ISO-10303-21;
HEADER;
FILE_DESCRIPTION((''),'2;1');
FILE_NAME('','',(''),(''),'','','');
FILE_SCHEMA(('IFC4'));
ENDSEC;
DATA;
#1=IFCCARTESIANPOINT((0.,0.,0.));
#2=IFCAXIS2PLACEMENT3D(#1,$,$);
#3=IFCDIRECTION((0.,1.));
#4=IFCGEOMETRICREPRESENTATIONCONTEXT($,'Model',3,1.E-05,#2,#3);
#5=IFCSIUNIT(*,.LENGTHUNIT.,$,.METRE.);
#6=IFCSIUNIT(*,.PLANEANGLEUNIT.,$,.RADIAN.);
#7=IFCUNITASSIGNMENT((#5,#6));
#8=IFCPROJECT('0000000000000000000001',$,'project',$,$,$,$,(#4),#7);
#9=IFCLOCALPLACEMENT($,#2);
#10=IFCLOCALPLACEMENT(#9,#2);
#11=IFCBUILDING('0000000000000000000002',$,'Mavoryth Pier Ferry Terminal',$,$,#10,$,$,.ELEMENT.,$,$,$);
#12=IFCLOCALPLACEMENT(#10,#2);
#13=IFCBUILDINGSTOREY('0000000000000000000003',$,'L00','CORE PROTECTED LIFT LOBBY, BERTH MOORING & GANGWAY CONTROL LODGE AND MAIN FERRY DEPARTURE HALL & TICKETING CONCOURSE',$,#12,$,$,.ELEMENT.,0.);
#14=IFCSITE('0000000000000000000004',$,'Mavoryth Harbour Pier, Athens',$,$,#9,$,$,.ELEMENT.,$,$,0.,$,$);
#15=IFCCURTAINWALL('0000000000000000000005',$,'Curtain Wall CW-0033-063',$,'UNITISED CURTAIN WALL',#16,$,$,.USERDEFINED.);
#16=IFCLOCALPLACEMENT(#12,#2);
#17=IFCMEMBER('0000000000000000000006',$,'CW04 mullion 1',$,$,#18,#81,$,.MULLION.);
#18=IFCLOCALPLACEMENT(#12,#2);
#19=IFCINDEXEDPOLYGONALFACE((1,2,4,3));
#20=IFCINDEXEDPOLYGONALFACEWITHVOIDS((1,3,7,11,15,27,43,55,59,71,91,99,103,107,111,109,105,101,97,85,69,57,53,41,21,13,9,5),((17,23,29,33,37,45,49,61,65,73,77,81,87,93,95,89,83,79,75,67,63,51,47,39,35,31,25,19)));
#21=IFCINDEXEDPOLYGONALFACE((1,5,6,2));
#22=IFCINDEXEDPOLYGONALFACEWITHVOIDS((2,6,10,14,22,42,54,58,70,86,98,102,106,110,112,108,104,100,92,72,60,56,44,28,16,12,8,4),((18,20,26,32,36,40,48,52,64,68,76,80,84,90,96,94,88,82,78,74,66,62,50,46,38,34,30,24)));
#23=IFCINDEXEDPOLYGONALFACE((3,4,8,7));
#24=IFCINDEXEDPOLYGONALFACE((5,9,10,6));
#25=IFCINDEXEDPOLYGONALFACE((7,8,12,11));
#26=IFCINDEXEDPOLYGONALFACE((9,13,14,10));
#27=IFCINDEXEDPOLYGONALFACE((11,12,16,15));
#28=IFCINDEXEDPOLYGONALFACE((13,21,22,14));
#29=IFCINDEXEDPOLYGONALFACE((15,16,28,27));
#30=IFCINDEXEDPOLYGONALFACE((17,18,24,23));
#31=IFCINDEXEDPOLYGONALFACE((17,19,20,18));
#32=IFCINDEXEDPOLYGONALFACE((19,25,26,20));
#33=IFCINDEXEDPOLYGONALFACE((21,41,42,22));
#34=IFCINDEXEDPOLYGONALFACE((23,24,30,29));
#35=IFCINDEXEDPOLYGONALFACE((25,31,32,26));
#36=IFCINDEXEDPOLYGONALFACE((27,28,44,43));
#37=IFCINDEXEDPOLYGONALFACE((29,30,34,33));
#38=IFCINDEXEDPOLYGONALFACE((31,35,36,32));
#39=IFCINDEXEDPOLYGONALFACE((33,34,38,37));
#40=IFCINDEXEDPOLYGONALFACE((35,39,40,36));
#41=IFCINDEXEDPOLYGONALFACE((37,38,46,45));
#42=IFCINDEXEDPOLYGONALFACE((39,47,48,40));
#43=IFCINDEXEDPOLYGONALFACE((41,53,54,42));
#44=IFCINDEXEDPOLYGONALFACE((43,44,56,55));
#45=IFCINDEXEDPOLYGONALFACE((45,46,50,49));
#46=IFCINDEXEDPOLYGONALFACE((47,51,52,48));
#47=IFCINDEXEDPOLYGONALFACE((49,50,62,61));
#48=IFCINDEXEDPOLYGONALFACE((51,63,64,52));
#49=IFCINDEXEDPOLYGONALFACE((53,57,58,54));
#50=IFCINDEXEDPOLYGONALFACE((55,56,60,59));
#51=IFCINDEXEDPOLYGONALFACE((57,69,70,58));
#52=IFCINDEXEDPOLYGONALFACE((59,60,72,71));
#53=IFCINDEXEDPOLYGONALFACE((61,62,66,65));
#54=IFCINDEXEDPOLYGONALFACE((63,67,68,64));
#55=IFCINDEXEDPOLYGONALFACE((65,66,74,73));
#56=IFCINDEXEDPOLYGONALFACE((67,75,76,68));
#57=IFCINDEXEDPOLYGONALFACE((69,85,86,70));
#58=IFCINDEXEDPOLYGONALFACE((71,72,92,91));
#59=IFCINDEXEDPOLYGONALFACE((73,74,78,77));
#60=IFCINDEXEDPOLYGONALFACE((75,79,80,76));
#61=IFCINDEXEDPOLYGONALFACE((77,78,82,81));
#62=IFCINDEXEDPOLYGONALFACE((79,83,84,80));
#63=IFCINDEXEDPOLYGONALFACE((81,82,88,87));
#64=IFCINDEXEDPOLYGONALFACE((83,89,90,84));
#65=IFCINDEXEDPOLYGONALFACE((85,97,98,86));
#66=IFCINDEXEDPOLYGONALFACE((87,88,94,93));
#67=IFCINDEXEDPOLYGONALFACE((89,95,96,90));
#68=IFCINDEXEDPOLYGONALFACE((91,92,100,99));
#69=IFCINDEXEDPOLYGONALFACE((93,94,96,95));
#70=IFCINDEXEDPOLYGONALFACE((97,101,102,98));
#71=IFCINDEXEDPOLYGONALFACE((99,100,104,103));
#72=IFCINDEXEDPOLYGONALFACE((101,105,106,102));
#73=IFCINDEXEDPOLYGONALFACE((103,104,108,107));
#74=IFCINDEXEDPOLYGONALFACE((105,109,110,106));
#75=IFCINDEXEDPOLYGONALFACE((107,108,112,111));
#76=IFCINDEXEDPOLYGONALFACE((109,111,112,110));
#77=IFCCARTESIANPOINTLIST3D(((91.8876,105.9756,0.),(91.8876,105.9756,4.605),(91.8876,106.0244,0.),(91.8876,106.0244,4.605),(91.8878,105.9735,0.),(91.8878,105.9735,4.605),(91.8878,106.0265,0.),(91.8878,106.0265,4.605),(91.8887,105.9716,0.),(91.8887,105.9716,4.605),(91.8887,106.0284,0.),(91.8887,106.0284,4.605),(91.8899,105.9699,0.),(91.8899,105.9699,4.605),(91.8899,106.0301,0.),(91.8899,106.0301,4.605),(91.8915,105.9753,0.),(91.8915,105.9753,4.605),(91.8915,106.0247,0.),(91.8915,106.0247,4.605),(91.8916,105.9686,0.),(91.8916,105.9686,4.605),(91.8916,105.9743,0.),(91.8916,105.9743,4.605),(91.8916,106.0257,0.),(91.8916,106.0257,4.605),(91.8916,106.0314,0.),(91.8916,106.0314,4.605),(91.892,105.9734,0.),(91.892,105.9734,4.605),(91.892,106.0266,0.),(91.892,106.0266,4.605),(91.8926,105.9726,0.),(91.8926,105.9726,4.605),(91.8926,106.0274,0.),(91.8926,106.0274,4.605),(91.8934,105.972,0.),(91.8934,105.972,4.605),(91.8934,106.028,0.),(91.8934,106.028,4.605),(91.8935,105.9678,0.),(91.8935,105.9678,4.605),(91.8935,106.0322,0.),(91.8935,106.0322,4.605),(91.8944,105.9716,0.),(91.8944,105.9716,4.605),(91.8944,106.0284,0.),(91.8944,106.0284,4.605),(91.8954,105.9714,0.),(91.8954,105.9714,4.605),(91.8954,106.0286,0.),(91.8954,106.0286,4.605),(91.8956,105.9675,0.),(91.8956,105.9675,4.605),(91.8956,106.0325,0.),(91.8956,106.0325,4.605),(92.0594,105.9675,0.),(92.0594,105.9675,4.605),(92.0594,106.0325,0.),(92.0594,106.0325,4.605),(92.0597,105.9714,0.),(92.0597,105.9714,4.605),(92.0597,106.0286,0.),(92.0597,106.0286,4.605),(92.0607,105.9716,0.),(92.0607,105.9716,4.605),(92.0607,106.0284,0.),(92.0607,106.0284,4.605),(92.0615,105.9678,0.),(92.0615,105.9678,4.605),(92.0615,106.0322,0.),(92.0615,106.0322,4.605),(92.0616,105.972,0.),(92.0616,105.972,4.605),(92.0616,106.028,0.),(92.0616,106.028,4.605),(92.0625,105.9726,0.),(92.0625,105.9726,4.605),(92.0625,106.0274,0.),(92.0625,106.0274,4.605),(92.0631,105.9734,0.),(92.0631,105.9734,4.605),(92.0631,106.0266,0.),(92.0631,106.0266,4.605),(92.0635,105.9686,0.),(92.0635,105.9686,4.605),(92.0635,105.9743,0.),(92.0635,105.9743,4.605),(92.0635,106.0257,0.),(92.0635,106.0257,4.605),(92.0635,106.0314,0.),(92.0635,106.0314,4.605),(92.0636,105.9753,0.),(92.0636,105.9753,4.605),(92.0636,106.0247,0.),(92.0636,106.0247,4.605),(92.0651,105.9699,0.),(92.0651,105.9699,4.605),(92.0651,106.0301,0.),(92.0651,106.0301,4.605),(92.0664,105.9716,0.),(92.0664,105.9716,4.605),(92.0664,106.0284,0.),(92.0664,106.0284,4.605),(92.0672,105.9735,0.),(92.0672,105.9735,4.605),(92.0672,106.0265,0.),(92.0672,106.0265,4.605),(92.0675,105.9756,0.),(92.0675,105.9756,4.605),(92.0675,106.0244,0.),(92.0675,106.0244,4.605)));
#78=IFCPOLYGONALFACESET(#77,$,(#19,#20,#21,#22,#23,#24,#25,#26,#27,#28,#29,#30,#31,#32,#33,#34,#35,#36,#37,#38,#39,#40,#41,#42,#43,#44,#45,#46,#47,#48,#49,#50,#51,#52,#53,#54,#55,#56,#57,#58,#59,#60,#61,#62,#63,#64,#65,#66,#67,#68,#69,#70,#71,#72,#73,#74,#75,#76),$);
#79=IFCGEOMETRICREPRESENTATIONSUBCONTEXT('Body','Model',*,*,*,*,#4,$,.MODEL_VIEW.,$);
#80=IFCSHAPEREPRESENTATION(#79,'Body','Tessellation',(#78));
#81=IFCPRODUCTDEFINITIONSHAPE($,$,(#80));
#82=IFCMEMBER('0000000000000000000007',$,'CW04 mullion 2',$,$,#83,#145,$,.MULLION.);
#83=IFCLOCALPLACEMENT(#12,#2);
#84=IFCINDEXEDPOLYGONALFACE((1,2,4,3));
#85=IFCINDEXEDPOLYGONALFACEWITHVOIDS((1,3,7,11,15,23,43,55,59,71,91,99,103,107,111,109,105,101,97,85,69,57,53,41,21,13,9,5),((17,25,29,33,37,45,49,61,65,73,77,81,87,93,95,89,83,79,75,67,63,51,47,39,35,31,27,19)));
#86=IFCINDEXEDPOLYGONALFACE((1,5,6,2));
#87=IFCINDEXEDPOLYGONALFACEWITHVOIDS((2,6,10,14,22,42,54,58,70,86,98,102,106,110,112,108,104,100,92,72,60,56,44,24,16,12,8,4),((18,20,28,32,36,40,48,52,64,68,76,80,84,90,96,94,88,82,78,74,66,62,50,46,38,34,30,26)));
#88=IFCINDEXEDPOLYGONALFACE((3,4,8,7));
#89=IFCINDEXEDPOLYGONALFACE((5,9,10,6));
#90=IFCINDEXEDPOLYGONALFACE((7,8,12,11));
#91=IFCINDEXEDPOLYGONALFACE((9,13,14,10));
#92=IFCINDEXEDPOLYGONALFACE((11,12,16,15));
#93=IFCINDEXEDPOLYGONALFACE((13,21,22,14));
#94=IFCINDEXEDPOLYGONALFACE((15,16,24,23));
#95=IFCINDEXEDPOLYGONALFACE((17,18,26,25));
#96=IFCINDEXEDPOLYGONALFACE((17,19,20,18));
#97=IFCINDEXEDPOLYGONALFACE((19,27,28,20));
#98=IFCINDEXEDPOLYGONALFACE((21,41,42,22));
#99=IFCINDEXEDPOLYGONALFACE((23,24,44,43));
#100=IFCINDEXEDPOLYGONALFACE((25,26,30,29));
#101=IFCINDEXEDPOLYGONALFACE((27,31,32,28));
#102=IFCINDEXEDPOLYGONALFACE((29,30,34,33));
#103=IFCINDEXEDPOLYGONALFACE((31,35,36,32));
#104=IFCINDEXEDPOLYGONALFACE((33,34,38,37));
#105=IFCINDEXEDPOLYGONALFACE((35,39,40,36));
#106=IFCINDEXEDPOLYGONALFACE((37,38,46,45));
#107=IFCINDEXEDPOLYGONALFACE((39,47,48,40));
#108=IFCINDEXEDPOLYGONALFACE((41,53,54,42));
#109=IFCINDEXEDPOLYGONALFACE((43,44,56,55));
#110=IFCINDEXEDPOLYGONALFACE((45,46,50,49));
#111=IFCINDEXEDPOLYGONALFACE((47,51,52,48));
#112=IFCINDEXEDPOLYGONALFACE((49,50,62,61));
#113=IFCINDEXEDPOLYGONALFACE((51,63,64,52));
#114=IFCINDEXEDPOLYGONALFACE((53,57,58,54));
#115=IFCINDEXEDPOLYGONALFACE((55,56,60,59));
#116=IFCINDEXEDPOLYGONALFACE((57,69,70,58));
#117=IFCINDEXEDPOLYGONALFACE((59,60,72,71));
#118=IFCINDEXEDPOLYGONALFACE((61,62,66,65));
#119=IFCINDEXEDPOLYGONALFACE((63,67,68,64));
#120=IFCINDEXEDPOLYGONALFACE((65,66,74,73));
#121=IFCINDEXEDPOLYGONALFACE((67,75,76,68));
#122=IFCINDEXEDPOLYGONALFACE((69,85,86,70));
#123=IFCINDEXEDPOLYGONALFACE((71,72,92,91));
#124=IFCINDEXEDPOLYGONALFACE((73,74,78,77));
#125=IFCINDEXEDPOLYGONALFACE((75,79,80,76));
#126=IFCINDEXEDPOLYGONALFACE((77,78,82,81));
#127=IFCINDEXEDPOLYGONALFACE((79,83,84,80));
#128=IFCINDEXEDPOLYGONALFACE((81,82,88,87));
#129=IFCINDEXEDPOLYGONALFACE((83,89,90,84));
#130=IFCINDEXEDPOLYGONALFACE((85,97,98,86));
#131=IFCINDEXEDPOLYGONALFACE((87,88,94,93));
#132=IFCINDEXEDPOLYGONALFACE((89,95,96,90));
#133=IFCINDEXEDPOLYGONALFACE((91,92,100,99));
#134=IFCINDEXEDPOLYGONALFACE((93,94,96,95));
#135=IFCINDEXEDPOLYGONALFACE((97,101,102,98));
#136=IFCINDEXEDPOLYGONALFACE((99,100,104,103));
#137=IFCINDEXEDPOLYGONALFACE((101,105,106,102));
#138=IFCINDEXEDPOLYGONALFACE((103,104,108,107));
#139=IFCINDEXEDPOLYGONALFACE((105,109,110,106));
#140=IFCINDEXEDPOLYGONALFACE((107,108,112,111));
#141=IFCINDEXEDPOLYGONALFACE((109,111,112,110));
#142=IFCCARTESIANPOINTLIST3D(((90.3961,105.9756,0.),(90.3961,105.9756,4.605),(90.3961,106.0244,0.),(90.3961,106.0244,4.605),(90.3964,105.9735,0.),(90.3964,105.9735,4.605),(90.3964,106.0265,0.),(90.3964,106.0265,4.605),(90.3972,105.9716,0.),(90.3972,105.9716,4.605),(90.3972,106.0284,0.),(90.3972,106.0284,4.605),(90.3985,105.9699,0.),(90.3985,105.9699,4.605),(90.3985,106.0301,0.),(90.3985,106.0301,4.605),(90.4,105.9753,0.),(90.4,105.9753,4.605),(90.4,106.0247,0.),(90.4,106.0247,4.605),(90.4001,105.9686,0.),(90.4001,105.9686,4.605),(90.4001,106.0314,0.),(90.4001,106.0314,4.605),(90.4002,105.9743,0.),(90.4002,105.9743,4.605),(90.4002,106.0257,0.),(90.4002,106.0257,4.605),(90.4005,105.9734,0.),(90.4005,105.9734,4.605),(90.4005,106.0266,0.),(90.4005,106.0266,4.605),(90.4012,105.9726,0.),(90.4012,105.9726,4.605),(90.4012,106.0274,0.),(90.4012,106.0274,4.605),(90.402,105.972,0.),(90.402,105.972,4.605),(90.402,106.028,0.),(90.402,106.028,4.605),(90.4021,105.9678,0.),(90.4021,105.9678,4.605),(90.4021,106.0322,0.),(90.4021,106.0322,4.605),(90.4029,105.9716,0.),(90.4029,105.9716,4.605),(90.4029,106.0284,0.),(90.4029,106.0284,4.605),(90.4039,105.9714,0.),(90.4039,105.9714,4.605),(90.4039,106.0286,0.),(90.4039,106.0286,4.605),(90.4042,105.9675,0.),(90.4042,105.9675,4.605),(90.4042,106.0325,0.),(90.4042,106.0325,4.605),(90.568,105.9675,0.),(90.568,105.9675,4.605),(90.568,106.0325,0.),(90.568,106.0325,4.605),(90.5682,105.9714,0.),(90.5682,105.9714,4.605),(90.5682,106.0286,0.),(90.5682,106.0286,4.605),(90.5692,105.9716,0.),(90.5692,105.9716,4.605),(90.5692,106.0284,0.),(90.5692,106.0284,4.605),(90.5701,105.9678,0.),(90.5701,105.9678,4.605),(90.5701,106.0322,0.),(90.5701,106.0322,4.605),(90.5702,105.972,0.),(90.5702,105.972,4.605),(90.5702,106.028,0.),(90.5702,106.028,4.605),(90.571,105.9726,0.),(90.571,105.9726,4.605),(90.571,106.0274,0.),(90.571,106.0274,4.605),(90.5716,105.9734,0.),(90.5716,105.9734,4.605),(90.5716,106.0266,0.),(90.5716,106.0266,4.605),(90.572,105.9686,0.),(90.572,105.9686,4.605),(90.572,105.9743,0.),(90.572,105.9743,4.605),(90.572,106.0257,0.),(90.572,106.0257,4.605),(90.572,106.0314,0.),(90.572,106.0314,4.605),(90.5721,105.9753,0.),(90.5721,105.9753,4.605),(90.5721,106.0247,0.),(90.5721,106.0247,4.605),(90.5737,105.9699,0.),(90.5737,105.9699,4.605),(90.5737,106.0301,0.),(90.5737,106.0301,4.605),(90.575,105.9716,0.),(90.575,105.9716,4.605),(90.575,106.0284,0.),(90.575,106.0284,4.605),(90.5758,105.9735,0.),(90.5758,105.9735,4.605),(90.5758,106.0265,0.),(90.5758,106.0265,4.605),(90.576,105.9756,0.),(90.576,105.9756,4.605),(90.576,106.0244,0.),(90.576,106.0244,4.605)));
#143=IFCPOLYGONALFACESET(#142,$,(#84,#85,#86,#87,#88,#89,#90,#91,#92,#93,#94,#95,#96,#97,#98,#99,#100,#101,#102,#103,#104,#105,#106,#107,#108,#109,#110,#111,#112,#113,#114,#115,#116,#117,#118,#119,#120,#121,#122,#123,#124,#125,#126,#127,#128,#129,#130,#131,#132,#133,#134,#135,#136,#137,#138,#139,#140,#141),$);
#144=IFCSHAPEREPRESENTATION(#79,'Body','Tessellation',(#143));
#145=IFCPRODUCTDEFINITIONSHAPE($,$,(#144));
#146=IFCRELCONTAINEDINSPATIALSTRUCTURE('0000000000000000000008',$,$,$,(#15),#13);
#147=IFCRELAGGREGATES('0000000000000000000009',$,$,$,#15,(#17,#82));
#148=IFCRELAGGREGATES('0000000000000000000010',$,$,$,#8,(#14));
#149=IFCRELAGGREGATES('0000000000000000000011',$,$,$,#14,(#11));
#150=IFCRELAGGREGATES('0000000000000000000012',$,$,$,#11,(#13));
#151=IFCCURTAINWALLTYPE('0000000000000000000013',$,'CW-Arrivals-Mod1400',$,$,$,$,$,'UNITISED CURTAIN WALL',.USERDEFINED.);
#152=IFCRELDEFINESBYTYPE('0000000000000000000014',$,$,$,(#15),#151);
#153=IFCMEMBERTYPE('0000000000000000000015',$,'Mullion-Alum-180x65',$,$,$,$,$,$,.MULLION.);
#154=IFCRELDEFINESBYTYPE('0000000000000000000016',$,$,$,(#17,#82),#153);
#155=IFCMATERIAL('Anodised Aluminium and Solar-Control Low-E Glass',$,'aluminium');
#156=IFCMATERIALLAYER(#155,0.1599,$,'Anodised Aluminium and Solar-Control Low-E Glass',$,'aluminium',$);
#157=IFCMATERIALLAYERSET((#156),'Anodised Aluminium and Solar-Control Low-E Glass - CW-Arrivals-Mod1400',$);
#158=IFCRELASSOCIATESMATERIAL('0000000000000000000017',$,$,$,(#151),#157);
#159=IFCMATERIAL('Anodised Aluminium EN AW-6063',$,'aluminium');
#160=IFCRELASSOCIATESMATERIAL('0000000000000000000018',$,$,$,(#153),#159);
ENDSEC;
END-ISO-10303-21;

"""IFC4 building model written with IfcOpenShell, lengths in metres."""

from ifc_helpers import new_model, si_unit, direction, frame, origin, origin_2d, place, context, subcontext, project, spatial, hollow_rectangle, extrude, material, layer, layer_set, material_profile, profile_set, type_object, element, aggregate, save


model = new_model("IFC4")

# Units and contexts
model_context = context("Model", 3, precision=1e-05, world=origin(), true_north=direction((0.0, 1.0)))
body_context = subcontext(model_context, "Body", "Model", "MODEL_VIEW")
ifc_project = project(units=[si_unit("LENGTHUNIT", "METRE"), si_unit("PLANEANGLEUNIT", "RADIAN")], contexts=[model_context])

# Site, building, storey
site_placement = place(None, origin())
site = spatial("IfcSite", under=ifc_project, at=site_placement, Name="Mavoryth Harbour Pier, Athens", CompositionType="ELEMENT", RefElevation=0.0)
building_placement = place(site_placement, origin())
building = spatial("IfcBuilding", under=site, at=building_placement, Name="Mavoryth Pier Ferry Terminal", CompositionType="ELEMENT")
storey_placement = place(building_placement, origin())
storey = spatial("IfcBuildingStorey", under=building, at=storey_placement, Name="L00", Description="CORE PROTECTED LIFT LOBBY, BERTH MOORING & GANGWAY CONTROL LODGE AND MAIN FERRY DEPARTURE HALL & TICKETING CONCOURSE", CompositionType="ELEMENT", Elevation=0.0)

# Curtain wall, members
ifc_material_1 = material(Name="Anodised Aluminium and Solar-Control Low-E Glass", Category="aluminium")
ifc_layer_1 = layer(ifc_material_1, 0.1599, Name="Anodised Aluminium and Solar-Control Low-E Glass", Category="aluminium")
ifc_layer_set_1 = layer_set([ifc_layer_1], Name="Anodised Aluminium and Solar-Control Low-E Glass - CW-Arrivals-Mod1400")
curtain_wall_type = type_object("IfcCurtainWallType", Name="CW-Arrivals-Mod1400", ElementType="UNITISED CURTAIN WALL", PredefinedType="USERDEFINED", material=ifc_layer_set_1)
curtain_wall_placement = place(storey_placement, origin())
curtain_wall = element("IfcCurtainWall", 1, at=curtain_wall_placement, inside=storey, type_object=curtain_wall_type, Name="Curtain Wall CW-0033-063", ObjectType="UNITISED CURTAIN WALL", PredefinedType="USERDEFINED")
ifc_material_2 = material(Name="Anodised Aluminium EN AW-6063", Category="aluminium")
ifc_material_profile_1 = material_profile(ifc_material_2, hollow_rectangle(XDim=0.0649, YDim=0.1799, WallThickness=0.0039, InnerFilletRadius=0.0039, OuterFilletRadius=0.0081, at=origin_2d()), Name="AL-MULL 180x65x4", Category="aluminium")
ifc_profile_set_1 = profile_set([ifc_material_profile_1], Name="Anodised Aluminium EN AW-6063 - AL-MULL 180x65x4")
member_type_1 = type_object("IfcMemberType", Name="Mullion-Alum-180x65", PredefinedType="MULLION", material=ifc_profile_set_1)
member_1_placement = place(storey_placement, frame((91.9775, 106.0, 0.0), z_axis=(0.0, 0.0, 1.0), x_axis=(0.0, -1.0, 0.0)))
member_1 = element("IfcMember", 2, at=member_1_placement, type_object=member_type_1, Name="CW04 mullion 1", PredefinedType="MULLION", context=body_context, shape_type="SweptSolid", body=[
    extrude(hollow_rectangle(XDim=0.0649, YDim=0.1799, WallThickness=0.0039, InnerFilletRadius=0.0039, OuterFilletRadius=0.0081, at=origin_2d()), origin(), (0.0, 0.0, 1.0), 4.605),
])
member_2_placement = place(storey_placement, frame((90.4861, 106.0, 0.0), z_axis=(0.0, 0.0, 1.0), x_axis=(0.0, -1.0, 0.0)))
member_2 = element("IfcMember", 3, at=member_2_placement, type_object=member_type_1, Name="CW04 mullion 2", PredefinedType="MULLION", context=body_context, shape_type="SweptSolid", body=[
    extrude(hollow_rectangle(XDim=0.0649, YDim=0.1799, WallThickness=0.0039, InnerFilletRadius=0.0039, OuterFilletRadius=0.0081, at=origin_2d()), origin(), (0.0, 0.0, 1.0), 4.605),
])
aggregate(curtain_wall, [member_1, member_2])

save(model, "model.ifc")
